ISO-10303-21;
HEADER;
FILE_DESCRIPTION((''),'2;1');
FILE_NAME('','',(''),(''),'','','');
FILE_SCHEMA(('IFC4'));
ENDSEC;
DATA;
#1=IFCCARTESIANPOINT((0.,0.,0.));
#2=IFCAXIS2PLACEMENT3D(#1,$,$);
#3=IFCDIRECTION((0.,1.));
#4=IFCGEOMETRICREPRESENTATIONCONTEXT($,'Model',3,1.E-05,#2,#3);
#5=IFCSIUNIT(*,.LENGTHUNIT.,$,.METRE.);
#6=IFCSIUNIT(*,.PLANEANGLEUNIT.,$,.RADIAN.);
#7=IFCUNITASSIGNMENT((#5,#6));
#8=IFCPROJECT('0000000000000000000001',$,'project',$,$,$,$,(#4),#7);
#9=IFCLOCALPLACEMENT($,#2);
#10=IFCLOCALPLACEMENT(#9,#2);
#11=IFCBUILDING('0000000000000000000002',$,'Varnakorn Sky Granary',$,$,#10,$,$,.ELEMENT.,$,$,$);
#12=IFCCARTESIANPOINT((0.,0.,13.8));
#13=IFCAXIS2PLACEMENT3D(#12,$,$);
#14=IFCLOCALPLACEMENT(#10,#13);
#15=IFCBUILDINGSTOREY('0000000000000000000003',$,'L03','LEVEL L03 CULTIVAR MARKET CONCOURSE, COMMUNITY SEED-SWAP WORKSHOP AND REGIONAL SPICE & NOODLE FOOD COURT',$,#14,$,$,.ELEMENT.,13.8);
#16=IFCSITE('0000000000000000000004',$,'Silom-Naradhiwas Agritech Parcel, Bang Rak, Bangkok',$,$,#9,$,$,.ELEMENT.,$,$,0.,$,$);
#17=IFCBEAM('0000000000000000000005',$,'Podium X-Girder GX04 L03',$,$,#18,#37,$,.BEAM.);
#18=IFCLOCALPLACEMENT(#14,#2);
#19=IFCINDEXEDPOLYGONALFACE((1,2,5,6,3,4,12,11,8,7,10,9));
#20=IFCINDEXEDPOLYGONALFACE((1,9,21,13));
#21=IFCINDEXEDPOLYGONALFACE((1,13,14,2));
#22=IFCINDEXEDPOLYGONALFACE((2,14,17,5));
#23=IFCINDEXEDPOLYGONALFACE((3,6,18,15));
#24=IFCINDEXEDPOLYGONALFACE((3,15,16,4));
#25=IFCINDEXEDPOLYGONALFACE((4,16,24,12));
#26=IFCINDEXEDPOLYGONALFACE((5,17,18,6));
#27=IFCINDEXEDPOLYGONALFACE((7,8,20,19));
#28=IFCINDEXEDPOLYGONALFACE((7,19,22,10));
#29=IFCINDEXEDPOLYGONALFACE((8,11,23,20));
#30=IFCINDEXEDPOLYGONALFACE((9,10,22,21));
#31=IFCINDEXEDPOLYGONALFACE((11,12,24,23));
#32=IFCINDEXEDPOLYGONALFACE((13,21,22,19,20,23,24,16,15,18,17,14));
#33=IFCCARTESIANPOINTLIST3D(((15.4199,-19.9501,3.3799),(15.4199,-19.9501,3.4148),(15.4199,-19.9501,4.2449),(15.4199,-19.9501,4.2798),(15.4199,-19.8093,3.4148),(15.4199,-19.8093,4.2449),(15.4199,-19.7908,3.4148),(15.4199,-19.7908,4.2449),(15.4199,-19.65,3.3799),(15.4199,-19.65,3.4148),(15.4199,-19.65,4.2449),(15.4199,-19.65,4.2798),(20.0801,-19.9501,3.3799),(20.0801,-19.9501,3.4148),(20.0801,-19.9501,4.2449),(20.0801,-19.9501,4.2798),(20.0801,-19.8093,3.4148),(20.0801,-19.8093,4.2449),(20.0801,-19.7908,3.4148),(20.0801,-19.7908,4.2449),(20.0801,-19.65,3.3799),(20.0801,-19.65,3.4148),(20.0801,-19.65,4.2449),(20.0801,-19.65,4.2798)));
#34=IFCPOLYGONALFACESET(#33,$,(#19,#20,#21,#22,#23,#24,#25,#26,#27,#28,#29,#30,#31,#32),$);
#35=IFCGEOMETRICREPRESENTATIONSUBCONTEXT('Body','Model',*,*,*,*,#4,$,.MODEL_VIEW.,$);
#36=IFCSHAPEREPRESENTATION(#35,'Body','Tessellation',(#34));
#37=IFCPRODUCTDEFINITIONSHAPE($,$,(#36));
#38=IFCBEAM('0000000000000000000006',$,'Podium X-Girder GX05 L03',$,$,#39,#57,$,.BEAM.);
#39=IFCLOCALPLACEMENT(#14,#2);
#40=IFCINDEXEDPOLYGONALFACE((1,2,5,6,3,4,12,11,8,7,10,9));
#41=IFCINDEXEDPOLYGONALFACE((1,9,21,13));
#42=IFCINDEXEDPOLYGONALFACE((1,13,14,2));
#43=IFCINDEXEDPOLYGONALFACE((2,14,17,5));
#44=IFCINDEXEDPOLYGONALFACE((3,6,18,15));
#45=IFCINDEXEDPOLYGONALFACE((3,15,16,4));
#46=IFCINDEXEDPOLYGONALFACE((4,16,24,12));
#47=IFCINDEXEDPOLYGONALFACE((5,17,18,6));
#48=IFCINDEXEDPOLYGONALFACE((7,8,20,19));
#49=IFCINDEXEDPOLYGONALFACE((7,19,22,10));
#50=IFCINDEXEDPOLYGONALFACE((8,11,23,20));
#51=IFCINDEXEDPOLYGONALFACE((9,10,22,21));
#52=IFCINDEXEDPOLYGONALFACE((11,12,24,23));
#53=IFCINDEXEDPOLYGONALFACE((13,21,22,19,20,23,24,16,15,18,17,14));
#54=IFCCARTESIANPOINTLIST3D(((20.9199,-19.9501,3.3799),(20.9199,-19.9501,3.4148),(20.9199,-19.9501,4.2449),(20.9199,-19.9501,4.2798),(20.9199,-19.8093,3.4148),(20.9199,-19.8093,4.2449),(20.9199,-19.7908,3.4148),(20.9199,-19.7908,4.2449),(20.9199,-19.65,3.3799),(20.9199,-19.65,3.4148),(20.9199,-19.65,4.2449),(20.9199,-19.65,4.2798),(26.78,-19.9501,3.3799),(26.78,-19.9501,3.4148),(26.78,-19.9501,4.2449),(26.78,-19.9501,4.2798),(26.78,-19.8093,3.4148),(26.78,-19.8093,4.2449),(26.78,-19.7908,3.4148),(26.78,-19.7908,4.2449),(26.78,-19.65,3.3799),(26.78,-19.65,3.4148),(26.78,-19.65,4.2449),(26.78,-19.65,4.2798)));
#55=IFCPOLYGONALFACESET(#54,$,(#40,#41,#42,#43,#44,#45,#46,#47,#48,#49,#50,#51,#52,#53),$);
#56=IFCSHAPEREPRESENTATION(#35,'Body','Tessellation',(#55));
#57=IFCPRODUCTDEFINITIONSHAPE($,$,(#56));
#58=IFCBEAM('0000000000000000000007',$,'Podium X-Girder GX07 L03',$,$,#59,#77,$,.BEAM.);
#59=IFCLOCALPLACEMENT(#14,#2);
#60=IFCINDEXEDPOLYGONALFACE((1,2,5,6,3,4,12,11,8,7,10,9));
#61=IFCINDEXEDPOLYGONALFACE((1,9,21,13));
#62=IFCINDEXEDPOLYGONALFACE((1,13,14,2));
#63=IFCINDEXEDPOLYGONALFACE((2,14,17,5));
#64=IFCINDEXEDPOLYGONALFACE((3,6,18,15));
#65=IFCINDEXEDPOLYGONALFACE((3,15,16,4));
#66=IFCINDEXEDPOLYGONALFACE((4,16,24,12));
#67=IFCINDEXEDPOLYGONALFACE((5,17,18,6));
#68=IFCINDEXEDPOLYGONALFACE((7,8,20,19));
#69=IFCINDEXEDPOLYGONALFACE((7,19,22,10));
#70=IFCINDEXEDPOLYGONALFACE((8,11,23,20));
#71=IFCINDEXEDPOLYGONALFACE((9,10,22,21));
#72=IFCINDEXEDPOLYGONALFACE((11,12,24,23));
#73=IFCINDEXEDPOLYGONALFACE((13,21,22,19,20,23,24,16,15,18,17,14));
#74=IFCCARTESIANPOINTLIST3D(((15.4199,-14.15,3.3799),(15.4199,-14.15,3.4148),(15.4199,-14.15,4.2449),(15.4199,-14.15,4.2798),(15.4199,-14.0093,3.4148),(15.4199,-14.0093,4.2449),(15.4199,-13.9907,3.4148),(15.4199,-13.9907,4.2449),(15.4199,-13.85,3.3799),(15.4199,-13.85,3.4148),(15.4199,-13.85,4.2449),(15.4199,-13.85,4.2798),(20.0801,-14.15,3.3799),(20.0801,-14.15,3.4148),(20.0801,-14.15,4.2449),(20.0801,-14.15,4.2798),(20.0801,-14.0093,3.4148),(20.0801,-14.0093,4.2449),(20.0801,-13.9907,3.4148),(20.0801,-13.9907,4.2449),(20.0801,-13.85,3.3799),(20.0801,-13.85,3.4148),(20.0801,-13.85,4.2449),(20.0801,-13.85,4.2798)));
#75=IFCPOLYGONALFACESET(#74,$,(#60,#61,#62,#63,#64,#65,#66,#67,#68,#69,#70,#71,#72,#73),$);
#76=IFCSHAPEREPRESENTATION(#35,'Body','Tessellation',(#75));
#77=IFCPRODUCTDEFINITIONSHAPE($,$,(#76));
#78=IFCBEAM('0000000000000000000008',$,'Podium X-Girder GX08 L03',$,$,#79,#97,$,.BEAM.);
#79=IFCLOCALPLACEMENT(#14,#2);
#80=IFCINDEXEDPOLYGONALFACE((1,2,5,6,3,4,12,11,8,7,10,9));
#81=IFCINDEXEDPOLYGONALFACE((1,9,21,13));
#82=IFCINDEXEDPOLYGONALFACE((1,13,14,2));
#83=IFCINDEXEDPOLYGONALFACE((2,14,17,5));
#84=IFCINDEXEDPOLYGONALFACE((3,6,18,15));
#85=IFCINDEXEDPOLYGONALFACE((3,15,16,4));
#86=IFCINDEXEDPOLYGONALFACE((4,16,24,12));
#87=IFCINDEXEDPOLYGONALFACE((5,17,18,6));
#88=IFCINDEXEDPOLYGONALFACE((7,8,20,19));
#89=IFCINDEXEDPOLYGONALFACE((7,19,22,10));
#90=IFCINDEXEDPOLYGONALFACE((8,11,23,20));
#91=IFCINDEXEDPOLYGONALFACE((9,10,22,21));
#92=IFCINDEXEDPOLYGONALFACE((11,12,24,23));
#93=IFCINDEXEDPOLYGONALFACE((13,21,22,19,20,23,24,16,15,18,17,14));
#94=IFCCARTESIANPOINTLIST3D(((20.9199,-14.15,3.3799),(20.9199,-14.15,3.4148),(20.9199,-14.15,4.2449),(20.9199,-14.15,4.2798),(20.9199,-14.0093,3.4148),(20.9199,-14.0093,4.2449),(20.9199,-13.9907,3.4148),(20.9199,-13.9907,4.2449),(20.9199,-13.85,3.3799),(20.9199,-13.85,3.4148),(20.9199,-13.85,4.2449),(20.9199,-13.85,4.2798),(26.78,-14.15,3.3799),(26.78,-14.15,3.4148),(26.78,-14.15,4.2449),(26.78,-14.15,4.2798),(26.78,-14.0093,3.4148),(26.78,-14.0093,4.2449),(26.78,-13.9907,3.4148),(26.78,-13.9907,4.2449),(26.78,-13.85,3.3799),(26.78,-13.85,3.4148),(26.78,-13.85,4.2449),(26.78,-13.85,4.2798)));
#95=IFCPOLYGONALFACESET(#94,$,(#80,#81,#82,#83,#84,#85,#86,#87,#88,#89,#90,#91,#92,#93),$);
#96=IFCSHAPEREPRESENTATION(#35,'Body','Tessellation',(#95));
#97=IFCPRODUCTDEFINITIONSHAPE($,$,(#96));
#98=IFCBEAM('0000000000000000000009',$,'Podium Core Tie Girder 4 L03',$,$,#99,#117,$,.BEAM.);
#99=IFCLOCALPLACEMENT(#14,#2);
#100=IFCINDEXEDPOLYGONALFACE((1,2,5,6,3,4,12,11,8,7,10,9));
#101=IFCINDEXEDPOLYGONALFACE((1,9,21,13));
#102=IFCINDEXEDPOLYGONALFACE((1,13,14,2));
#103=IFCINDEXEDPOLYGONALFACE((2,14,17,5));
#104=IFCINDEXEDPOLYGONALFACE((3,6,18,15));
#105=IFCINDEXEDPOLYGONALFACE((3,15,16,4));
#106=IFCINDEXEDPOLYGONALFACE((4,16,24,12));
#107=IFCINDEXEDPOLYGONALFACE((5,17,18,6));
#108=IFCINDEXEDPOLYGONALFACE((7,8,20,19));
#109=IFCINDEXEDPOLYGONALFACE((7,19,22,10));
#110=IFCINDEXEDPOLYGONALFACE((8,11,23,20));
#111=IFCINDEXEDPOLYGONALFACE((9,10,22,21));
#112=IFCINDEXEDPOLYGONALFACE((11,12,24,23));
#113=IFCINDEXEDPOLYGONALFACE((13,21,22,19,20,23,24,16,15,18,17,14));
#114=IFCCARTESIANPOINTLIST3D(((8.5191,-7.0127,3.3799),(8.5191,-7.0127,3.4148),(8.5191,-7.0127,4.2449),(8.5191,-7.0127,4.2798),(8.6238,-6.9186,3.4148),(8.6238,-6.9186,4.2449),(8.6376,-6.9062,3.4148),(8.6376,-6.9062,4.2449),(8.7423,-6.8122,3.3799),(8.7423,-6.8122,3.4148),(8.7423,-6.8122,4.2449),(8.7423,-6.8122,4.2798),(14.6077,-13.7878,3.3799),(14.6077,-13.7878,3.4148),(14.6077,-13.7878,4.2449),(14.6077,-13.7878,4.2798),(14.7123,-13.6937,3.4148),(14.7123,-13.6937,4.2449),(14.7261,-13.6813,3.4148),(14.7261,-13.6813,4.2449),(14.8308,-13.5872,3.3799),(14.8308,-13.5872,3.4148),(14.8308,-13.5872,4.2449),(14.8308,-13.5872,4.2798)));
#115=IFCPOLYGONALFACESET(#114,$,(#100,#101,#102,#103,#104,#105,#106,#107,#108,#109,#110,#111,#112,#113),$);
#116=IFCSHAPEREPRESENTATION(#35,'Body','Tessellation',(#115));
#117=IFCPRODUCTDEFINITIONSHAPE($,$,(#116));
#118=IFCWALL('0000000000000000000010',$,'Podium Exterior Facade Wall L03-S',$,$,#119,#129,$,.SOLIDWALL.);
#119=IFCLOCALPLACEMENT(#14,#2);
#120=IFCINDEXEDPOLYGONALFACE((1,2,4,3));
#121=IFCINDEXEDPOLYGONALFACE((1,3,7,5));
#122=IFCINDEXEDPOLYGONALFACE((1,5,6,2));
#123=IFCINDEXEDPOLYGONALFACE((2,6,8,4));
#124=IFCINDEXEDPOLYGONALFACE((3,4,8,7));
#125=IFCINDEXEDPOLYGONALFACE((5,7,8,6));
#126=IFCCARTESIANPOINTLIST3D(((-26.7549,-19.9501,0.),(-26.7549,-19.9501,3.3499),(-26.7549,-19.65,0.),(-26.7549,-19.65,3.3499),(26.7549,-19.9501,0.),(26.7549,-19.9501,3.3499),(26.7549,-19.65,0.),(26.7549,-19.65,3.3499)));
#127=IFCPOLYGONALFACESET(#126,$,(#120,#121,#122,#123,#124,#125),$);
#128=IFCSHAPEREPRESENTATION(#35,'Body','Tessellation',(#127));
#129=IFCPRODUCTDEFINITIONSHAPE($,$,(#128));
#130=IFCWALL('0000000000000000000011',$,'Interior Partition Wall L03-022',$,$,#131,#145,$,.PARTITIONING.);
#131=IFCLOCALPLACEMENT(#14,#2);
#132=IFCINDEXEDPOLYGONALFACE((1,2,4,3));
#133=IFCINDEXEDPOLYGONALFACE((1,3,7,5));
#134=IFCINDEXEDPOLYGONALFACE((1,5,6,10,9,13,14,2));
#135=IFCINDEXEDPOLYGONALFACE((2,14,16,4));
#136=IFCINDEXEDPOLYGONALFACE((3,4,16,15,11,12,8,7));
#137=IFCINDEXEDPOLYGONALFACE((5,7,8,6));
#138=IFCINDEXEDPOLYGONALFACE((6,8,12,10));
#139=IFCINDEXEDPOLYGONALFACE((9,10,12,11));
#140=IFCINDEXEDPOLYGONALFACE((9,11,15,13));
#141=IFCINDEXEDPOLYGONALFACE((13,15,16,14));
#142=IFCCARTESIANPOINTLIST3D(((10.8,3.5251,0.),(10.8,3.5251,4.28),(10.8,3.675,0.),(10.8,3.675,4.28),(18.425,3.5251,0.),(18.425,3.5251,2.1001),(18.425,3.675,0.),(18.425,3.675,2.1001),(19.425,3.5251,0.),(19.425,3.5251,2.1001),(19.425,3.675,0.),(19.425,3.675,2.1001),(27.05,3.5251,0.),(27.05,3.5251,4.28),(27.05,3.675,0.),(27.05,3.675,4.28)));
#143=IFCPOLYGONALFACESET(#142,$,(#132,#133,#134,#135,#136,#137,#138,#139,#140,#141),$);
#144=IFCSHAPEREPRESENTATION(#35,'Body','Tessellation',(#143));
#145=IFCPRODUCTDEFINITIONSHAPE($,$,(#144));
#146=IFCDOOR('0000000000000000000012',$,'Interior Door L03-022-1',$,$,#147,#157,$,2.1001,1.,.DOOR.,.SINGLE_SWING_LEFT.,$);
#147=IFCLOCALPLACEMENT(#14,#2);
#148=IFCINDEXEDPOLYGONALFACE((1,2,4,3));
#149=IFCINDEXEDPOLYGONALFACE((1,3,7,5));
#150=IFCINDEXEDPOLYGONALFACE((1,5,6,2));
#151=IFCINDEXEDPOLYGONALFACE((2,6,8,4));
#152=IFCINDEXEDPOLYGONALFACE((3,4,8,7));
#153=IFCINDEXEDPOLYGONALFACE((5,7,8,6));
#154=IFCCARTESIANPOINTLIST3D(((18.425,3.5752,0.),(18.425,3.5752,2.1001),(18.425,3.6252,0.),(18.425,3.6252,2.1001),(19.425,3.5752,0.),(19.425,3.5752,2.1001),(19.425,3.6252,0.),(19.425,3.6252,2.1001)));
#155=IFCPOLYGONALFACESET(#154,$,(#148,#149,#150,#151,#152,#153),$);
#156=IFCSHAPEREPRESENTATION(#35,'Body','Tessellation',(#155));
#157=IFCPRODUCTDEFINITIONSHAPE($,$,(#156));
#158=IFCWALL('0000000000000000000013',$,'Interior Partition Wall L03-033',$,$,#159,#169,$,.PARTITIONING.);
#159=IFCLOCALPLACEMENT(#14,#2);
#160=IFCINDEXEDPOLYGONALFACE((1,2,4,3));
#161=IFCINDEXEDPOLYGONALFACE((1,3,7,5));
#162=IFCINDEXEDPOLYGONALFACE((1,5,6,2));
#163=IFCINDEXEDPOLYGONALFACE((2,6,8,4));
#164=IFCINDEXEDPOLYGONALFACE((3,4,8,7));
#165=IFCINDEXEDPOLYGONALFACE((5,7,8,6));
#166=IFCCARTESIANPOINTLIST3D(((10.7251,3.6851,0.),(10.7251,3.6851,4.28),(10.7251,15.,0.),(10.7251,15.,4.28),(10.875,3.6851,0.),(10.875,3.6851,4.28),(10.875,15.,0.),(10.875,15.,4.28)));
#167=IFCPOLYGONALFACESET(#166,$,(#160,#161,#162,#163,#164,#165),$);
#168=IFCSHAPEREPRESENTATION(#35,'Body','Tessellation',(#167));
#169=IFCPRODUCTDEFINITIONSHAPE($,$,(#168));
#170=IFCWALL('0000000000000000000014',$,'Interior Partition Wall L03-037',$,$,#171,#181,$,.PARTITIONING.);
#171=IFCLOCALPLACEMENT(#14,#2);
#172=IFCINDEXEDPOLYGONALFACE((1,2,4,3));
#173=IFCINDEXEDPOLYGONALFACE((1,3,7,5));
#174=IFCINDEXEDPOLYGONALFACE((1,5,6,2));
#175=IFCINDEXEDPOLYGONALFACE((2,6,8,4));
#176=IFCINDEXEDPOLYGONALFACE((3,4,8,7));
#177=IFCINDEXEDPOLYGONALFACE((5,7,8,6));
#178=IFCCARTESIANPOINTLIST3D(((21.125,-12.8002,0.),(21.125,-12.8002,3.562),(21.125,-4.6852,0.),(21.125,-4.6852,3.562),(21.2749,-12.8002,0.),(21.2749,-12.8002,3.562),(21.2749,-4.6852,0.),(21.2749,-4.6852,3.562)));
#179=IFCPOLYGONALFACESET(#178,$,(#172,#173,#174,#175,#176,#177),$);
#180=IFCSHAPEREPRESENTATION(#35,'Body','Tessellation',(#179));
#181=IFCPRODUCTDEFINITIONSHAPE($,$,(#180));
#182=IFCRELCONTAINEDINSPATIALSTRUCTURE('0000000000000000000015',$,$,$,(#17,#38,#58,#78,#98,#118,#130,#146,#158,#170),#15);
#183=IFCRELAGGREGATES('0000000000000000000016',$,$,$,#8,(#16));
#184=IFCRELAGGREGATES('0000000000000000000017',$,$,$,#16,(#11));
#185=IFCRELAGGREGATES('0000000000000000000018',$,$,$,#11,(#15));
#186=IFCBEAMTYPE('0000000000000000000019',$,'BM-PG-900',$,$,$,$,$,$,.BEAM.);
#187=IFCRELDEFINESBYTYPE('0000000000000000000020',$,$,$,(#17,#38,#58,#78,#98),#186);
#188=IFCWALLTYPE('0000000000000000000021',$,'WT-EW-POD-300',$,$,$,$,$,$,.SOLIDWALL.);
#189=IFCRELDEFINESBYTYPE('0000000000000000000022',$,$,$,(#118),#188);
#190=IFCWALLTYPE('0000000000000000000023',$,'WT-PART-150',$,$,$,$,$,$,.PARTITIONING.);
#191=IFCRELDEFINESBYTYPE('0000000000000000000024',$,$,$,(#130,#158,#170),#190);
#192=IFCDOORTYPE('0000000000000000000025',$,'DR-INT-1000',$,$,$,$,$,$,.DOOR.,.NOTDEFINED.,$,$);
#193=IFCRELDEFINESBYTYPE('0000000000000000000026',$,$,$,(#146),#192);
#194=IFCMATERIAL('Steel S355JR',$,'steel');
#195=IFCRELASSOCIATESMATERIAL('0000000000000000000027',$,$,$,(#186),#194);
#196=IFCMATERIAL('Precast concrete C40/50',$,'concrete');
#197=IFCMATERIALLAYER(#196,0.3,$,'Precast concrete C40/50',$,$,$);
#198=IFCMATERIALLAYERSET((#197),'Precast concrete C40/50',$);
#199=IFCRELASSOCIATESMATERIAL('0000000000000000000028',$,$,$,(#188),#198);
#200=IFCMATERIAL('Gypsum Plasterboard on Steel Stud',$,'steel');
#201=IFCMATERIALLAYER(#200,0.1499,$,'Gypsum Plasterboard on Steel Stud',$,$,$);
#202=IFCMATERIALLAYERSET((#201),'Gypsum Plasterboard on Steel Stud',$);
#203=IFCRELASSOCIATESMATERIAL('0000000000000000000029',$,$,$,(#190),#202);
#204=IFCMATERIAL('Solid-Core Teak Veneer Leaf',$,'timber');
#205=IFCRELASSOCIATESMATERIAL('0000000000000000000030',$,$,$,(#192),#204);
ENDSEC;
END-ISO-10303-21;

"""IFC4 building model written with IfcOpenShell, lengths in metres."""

from ifc_helpers import new_model, si_unit, direction, frame, frame_2d, origin, origin_2d, place, context, subcontext, project, spatial, rectangle, i_section, extrude, material, layer, layer_set, material_profile, profile_set, type_object, element, fill, save


model = new_model("IFC4")

# Units and contexts
model_context = context("Model", 3, precision=1e-05, world=origin(), true_north=direction((0.0, 1.0)))
body_context = subcontext(model_context, "Body", "Model", "MODEL_VIEW")
ifc_project = project(units=[si_unit("LENGTHUNIT", "METRE"), si_unit("PLANEANGLEUNIT", "RADIAN")], contexts=[model_context])

# Site, building, storey
site_placement = place(None, origin())
site = spatial("IfcSite", under=ifc_project, at=site_placement, Name="Silom-Naradhiwas Agritech Parcel, Bang Rak, Bangkok", CompositionType="ELEMENT", RefElevation=0.0)
building_placement = place(site_placement, origin())
building = spatial("IfcBuilding", under=site, at=building_placement, Name="Varnakorn Sky Granary", CompositionType="ELEMENT")
storey_placement = place(building_placement, frame((0.0, 0.0, 13.8)))
storey = spatial("IfcBuildingStorey", under=building, at=storey_placement, Name="L03", Description="LEVEL L03 CULTIVAR MARKET CONCOURSE, COMMUNITY SEED-SWAP WORKSHOP AND REGIONAL SPICE & NOODLE FOOD COURT", CompositionType="ELEMENT", Elevation=13.8)

# Beams
ifc_material_1 = material(Name="Steel S355JR", Category="steel")
ifc_material_profile_1 = material_profile(ifc_material_1, i_section(OverallWidth=0.3, OverallDepth=0.8999, WebThickness=0.0186, FlangeThickness=0.0349, at=origin_2d()), Name="HE 900 B")
ifc_profile_set_1 = profile_set([ifc_material_profile_1], Name="Steel S355JR")
beam_type_1 = type_object("IfcBeamType", Name="BM-PG-900", PredefinedType="BEAM", material=ifc_profile_set_1)
beam_1_placement = place(storey_placement, frame((15.4199, -19.8, 3.8298), z_axis=(1.0, 0.0, 0.0), x_axis=(0.0, 1.0, 0.0)))
element("IfcBeam", 1, at=beam_1_placement, inside=storey, type_object=beam_type_1, Name="Podium X-Girder GX04 L03", PredefinedType="BEAM", context=body_context, shape_type="SweptSolid", body=[
    extrude(i_section(OverallWidth=0.3, OverallDepth=0.8999, WebThickness=0.0186, FlangeThickness=0.0349, at=origin_2d()), origin(), (0.0, 0.0, 1.0), 4.6602),
])
beam_2_placement = place(storey_placement, frame((20.9199, -19.8, 3.8298), z_axis=(1.0, 0.0, 0.0), x_axis=(0.0, 1.0, 0.0)))
element("IfcBeam", 2, at=beam_2_placement, inside=storey, type_object=beam_type_1, Name="Podium X-Girder GX05 L03", PredefinedType="BEAM", context=body_context, shape_type="SweptSolid", body=[
    extrude(i_section(OverallWidth=0.3, OverallDepth=0.8999, WebThickness=0.0186, FlangeThickness=0.0349, at=origin_2d()), origin(), (0.0, 0.0, 1.0), 5.8601),
])
beam_3_placement = place(storey_placement, frame((15.4199, -14.0, 3.8298), z_axis=(1.0, 0.0, 0.0), x_axis=(0.0, 1.0, 0.0)))
element("IfcBeam", 3, at=beam_3_placement, inside=storey, type_object=beam_type_1, Name="Podium X-Girder GX07 L03", PredefinedType="BEAM", context=body_context, shape_type="SweptSolid", body=[
    extrude(i_section(OverallWidth=0.3, OverallDepth=0.8999, WebThickness=0.0186, FlangeThickness=0.0349, at=origin_2d()), origin(), (0.0, 0.0, 1.0), 4.6602),
])
beam_4_placement = place(storey_placement, frame((20.9199, -14.0, 3.8298), z_axis=(1.0, 0.0, 0.0), x_axis=(0.0, 1.0, 0.0)))
element("IfcBeam", 4, at=beam_4_placement, inside=storey, type_object=beam_type_1, Name="Podium X-Girder GX08 L03", PredefinedType="BEAM", context=body_context, shape_type="SweptSolid", body=[
    extrude(i_section(OverallWidth=0.3, OverallDepth=0.8999, WebThickness=0.0186, FlangeThickness=0.0349, at=origin_2d()), origin(), (0.0, 0.0, 1.0), 5.8601),
])
beam_5_placement = place(storey_placement, frame((14.7192, -13.6875, 3.8298), z_axis=(-0.668418, 0.743786, 0.0), x_axis=(-0.743786, -0.668418, 0.0)))
element("IfcBeam", 5, at=beam_5_placement, inside=storey, type_object=beam_type_1, Name="Podium Core Tie Girder 4 L03", PredefinedType="BEAM", context=body_context, shape_type="SweptSolid", body=[
    extrude(i_section(OverallWidth=0.3, OverallDepth=0.8999, WebThickness=0.0186, FlangeThickness=0.0349, at=origin_2d()), origin(), (0.0, 0.0, 1.0), 9.1089),
])

# Wall
ifc_material_2 = material(Name="Precast concrete C40/50", Category="concrete")
ifc_layer_1 = layer(ifc_material_2, 0.3, Name="Precast concrete C40/50")
ifc_layer_set_1 = layer_set([ifc_layer_1], Name="Precast concrete C40/50")
wall_type_1 = type_object("IfcWallType", Name="WT-EW-POD-300", PredefinedType="SOLIDWALL", material=ifc_layer_set_1)
wall_1_placement = place(storey_placement, frame((26.7549, -19.8, 0.0), z_axis=(0.0, 0.0, 1.0), x_axis=(-1.0, 0.0, 0.0)))
element("IfcWall", 6, at=wall_1_placement, inside=storey, type_object=wall_type_1, Name="Podium Exterior Facade Wall L03-S", PredefinedType="SOLIDWALL", context=body_context, shape_type="SweptSolid", body=[
    extrude(rectangle(XDim=53.5098, YDim=0.3, at=frame_2d((26.7549, 0.0))), origin(), (0.0, 0.0, 1.0), 3.3499),
])

# Wall, opening, door
ifc_material_3 = material(Name="Gypsum Plasterboard on Steel Stud", Category="steel")
ifc_layer_2 = layer(ifc_material_3, 0.1499, Name="Gypsum Plasterboard on Steel Stud")
ifc_layer_set_2 = layer_set([ifc_layer_2], Name="Gypsum Plasterboard on Steel Stud")
wall_type_2 = type_object("IfcWallType", Name="WT-PART-150", PredefinedType="PARTITIONING", material=ifc_layer_set_2)
wall_2_placement = place(storey_placement, frame((27.05, 3.6001, 0.0), z_axis=(0.0, 0.0, 1.0), x_axis=(-1.0, 0.0, 0.0)))
wall_2 = element("IfcWall", 7, at=wall_2_placement, inside=storey, type_object=wall_type_2, Name="Interior Partition Wall L03-022", PredefinedType="PARTITIONING", context=body_context, shape_type="SweptSolid", body=[
    extrude(rectangle(XDim=16.25, YDim=0.1499, at=frame_2d((8.125, 0.0))), origin(), (0.0, 0.0, 1.0), 4.28),
])
opening_1_placement = place(wall_2_placement, frame((7.625, 0.0, 0.0)))
opening_1 = element("IfcOpeningElement", 8, at=opening_1_placement, cuts=wall_2, PredefinedType="OPENING", context=body_context, shape_type="SweptSolid", body=[
    extrude(rectangle(XDim=1.0, YDim=2.1001, at=frame_2d((0.5, 1.05))), frame((0.0, 0.085, 0.0), z_axis=(0.0, -1.0, 0.0), x_axis=(1.0, 0.0, 0.0)), (0.0, 0.0, 1.0), 0.1699),
])
ifc_material_4 = material(Name="Solid-Core Teak Veneer Leaf", Category="timber")
door_type = type_object("IfcDoorType", Name="DR-INT-1000", OperationType="NOTDEFINED", PredefinedType="DOOR", material=ifc_material_4)
door_1_placement = place(opening_1_placement, origin())
door_1 = element("IfcDoor", 9, at=door_1_placement, inside=storey, type_object=door_type, Name="Interior Door L03-022-1", OperationType="SINGLE_SWING_LEFT", OverallHeight=2.1001, OverallWidth=1.0, PredefinedType="DOOR", context=body_context, shape_type="SweptSolid", body=[
    extrude(rectangle(XDim=1.0, YDim=2.1001, at=frame_2d((0.5, 1.05))), frame((0.0, 0.0249, 0.0), z_axis=(0.0, -1.0, 0.0), x_axis=(1.0, 0.0, 0.0)), (0.0, 0.0, 1.0), 0.05),
])
fill(opening_1, door_1)

# Walls
wall_3_placement = place(storey_placement, frame((10.8, 3.6851, 0.0), z_axis=(0.0, 0.0, 1.0), x_axis=(0.0, 1.0, 0.0)))
element("IfcWall", 10, at=wall_3_placement, inside=storey, type_object=wall_type_2, Name="Interior Partition Wall L03-033", PredefinedType="PARTITIONING", context=body_context, shape_type="SweptSolid", body=[
    extrude(rectangle(XDim=11.3149, YDim=0.1499, at=frame_2d((5.6575, 0.0))), origin(), (0.0, 0.0, 1.0), 4.28),
])
wall_4_placement = place(storey_placement, frame((21.2, -4.6851, 0.0), z_axis=(0.0, 0.0, 1.0), x_axis=(0.0, -1.0, 0.0)))
element("IfcWall", 11, at=wall_4_placement, inside=storey, type_object=wall_type_2, Name="Interior Partition Wall L03-037", PredefinedType="PARTITIONING", context=body_context, shape_type="SweptSolid", body=[
    extrude(rectangle(XDim=8.115, YDim=0.1499, at=frame_2d((4.0576, 0.0))), origin(), (0.0, 0.0, 1.0), 3.562),
])

save(model, "model.ifc")
